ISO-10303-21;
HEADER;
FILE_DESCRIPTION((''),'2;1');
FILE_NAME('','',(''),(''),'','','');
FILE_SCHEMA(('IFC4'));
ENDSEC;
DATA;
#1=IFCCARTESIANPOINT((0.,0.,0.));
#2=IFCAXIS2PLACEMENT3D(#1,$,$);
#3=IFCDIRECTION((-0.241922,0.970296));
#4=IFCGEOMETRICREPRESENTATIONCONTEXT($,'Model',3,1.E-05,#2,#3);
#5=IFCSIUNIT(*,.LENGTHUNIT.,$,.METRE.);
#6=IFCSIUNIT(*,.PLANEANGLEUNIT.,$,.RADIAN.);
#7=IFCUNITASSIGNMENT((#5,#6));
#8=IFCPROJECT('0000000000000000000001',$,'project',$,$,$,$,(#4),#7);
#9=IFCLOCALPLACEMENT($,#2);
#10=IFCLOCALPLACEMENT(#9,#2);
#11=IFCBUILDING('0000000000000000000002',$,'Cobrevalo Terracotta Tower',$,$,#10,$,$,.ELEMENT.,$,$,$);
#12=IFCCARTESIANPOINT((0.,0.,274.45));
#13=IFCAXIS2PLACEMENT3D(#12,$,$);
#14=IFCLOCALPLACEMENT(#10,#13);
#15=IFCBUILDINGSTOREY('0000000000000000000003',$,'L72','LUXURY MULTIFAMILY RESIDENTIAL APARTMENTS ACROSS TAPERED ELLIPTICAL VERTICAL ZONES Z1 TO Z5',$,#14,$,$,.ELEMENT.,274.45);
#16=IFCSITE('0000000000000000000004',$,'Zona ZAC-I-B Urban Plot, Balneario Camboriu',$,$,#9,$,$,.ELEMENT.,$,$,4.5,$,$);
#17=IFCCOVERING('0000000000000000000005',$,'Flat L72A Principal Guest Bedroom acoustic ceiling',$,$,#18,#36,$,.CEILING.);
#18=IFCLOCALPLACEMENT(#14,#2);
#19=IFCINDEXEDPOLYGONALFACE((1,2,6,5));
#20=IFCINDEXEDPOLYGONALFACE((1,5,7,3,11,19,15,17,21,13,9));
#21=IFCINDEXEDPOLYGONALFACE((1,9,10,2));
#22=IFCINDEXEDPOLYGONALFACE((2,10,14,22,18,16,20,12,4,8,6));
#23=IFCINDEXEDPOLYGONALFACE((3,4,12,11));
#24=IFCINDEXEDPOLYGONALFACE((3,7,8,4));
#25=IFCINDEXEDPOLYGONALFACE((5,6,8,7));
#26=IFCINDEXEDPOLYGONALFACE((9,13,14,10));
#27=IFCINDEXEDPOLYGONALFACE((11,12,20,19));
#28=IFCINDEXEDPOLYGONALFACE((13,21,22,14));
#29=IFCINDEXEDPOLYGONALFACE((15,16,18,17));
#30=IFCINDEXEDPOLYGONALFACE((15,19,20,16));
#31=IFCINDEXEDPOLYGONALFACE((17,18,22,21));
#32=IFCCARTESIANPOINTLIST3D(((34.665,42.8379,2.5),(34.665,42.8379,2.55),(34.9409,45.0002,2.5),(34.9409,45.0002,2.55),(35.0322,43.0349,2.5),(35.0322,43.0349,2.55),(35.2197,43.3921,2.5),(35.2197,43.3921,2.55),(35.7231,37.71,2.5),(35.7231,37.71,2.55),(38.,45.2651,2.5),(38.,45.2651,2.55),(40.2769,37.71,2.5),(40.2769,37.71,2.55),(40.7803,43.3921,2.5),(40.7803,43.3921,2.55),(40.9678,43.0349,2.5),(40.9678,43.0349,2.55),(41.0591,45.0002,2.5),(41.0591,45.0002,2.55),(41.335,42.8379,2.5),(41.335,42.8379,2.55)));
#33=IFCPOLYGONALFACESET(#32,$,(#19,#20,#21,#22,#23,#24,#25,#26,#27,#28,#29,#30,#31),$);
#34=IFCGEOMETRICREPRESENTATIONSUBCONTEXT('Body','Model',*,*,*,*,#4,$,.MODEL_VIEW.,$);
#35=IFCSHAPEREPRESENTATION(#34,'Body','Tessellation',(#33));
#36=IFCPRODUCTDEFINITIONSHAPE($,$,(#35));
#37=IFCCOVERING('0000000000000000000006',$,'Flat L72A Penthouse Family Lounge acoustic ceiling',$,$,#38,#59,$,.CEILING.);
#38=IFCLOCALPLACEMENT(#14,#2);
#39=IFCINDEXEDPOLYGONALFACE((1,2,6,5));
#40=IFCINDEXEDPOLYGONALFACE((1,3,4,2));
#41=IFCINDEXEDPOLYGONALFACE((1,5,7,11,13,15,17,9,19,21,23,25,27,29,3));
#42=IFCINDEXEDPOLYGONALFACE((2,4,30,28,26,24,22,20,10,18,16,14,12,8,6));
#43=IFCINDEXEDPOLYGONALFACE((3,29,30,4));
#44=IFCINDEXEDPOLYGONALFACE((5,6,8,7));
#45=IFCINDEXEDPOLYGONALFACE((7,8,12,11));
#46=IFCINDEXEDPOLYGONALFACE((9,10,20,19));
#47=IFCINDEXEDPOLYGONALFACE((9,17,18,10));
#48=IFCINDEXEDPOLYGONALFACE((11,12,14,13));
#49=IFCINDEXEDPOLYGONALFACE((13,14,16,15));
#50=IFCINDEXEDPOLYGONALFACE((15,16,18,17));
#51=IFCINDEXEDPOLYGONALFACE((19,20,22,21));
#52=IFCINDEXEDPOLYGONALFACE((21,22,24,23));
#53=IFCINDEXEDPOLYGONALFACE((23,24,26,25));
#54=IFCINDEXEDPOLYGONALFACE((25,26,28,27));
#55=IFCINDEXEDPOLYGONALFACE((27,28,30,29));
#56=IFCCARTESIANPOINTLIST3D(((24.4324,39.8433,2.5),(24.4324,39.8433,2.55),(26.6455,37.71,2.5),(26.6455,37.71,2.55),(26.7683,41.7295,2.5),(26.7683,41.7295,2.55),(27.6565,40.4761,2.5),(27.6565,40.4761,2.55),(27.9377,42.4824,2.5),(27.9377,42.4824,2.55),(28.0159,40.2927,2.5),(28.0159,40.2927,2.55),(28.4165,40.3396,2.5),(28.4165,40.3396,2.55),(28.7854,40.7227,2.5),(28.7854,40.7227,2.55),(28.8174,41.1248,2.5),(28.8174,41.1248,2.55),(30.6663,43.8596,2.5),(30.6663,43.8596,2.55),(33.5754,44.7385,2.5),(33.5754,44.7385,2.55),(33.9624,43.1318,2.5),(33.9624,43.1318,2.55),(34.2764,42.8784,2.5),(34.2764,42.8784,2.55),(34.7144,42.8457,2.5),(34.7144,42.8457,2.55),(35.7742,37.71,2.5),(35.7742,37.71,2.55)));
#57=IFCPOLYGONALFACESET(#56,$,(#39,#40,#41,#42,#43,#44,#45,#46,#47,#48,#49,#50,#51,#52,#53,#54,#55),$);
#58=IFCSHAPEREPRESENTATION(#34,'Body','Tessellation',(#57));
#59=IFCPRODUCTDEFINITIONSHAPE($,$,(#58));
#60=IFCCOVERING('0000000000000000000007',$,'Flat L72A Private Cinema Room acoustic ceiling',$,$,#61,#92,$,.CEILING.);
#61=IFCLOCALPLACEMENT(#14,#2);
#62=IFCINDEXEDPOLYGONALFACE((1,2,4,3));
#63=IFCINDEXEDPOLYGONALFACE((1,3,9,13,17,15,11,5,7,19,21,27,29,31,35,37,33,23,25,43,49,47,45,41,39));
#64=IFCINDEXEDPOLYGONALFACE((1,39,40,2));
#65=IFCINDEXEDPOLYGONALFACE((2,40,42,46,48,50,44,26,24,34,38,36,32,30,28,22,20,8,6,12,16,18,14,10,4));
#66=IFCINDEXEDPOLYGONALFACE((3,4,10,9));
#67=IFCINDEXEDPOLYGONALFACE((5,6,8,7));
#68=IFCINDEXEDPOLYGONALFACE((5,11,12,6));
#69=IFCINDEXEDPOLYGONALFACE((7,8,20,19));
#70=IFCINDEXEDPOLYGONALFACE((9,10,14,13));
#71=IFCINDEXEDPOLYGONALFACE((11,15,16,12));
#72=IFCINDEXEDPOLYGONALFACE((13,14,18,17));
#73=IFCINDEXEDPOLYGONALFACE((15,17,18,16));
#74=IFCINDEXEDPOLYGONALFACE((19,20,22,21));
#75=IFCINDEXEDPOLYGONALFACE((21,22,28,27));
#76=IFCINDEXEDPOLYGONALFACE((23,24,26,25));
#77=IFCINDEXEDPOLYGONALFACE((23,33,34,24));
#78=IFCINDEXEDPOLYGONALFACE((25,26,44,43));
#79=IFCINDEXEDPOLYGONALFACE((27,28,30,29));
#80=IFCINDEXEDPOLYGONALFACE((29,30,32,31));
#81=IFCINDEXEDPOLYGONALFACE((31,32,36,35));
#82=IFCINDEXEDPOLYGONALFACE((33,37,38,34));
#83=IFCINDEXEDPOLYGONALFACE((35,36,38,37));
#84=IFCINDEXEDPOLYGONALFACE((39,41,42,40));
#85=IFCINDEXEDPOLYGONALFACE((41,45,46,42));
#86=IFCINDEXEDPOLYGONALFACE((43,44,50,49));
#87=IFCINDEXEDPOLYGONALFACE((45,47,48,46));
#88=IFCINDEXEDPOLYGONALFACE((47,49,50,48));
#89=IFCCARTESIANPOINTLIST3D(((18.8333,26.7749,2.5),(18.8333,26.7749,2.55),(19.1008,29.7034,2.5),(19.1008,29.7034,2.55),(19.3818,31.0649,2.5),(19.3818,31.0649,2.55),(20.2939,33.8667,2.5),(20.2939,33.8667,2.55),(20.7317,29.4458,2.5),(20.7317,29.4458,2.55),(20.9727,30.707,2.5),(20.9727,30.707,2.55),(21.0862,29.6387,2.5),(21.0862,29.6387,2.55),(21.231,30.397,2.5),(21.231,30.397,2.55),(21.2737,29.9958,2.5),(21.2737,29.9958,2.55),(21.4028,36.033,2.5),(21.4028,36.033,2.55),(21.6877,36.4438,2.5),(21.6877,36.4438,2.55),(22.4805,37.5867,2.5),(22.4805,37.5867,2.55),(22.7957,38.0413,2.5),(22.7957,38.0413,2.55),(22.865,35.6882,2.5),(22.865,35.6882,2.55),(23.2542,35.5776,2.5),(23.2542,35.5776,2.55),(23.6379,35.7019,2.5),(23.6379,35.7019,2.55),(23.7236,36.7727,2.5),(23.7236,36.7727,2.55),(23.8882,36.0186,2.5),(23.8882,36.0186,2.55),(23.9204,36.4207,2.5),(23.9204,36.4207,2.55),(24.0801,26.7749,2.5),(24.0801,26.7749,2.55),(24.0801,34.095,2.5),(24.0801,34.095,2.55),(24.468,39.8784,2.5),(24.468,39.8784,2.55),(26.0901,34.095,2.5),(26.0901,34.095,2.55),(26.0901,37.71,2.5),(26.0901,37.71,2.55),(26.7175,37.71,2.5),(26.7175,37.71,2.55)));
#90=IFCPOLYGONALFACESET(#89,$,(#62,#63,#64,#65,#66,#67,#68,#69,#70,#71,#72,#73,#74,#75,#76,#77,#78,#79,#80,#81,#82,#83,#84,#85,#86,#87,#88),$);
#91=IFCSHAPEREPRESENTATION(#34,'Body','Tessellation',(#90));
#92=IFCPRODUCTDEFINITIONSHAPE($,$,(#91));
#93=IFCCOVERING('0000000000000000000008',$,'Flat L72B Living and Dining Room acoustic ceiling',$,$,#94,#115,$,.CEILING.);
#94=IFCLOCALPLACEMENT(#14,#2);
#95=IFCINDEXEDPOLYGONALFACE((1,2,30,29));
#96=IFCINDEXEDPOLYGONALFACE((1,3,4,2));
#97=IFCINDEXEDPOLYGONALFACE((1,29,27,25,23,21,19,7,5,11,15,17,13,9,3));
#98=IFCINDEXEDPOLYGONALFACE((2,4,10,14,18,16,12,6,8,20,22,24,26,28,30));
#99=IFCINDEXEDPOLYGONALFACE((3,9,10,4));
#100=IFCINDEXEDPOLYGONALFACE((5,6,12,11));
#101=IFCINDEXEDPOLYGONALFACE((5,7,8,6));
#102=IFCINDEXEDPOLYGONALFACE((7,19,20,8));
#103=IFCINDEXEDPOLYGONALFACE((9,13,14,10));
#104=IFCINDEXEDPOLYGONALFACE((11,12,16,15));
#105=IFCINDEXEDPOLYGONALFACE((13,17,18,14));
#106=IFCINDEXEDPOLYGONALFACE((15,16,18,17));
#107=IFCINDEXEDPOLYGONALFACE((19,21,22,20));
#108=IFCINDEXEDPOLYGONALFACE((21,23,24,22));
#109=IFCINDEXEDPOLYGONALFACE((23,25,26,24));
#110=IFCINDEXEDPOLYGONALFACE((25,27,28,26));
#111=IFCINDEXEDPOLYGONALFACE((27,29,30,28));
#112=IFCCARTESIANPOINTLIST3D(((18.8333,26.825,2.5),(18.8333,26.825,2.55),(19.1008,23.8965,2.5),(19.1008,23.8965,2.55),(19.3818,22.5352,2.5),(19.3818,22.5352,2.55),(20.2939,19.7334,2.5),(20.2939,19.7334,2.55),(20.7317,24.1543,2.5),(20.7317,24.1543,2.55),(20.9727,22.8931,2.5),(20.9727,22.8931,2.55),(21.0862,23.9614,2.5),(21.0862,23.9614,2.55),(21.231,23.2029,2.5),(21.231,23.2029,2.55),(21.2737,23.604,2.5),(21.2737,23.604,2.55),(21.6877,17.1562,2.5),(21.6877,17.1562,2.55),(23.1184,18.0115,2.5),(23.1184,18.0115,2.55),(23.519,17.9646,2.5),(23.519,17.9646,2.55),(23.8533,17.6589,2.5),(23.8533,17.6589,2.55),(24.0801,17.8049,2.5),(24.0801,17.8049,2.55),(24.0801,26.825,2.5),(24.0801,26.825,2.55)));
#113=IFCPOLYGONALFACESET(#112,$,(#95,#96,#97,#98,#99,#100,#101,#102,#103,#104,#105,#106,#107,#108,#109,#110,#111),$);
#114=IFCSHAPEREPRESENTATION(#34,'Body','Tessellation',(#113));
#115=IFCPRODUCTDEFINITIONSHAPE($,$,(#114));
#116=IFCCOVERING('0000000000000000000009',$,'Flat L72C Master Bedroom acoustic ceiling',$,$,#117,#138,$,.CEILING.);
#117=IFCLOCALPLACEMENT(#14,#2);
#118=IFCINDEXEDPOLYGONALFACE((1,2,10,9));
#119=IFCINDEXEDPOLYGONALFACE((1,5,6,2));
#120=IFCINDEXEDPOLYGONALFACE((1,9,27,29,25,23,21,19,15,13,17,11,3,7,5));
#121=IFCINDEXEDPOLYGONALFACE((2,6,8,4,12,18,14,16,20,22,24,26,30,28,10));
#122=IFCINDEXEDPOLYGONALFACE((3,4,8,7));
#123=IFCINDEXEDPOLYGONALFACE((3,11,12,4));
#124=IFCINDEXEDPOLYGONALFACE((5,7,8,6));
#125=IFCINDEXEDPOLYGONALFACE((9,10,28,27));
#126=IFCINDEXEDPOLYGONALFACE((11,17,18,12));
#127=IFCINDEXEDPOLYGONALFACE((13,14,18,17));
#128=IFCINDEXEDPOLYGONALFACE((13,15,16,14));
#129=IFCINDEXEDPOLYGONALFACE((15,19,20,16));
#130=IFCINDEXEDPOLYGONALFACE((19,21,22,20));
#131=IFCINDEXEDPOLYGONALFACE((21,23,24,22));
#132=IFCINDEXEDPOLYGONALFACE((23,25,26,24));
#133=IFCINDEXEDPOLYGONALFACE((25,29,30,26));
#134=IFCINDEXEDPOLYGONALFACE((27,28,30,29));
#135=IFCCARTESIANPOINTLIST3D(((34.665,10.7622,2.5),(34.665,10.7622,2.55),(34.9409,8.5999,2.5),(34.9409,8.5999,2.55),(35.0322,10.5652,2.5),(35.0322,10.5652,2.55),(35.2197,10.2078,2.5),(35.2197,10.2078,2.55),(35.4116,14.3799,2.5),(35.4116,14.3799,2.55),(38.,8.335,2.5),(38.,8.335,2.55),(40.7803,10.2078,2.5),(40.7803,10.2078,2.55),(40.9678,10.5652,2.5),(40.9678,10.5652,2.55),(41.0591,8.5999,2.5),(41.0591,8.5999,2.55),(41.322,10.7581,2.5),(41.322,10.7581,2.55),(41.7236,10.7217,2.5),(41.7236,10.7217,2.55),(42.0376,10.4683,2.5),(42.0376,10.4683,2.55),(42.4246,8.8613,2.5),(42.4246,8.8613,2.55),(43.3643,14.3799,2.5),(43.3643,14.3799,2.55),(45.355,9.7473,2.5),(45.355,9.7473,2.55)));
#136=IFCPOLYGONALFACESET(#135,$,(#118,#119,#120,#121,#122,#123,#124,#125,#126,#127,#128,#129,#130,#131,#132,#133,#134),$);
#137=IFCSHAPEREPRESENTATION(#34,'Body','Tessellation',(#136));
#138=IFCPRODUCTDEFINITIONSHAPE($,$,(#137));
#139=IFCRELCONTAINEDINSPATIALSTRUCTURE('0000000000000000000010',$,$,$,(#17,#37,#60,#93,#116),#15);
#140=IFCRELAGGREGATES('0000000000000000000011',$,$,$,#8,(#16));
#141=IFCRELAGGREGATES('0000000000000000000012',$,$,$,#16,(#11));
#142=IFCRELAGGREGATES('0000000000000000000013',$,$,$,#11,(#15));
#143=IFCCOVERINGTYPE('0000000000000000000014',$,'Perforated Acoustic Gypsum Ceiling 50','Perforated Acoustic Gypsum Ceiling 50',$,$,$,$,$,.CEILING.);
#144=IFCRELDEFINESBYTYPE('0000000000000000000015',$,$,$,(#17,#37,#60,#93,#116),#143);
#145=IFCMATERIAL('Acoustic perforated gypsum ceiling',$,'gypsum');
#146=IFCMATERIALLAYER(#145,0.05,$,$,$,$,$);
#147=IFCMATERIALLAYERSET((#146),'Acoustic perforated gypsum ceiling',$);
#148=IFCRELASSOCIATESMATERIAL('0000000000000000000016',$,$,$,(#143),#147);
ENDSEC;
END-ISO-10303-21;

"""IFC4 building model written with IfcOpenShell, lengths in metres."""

from ifc_helpers import new_model, si_unit, direction, frame, origin, place, context, subcontext, project, spatial, polyline, outline, extrude, material, layer, layer_set, type_object, element, save


model = new_model("IFC4")

# Units and contexts
model_context = context("Model", 3, precision=1e-05, world=origin(), true_north=direction((-0.241922, 0.970296)))
body_context = subcontext(model_context, "Body", "Model", "MODEL_VIEW")
ifc_project = project(units=[si_unit("LENGTHUNIT", "METRE"), si_unit("PLANEANGLEUNIT", "RADIAN")], contexts=[model_context])

# Site, building, storey
site_placement = place(None, origin())
site = spatial("IfcSite", under=ifc_project, at=site_placement, Name="Zona ZAC-I-B Urban Plot, Balneario Camboriu", CompositionType="ELEMENT", RefElevation=4.5)
building_placement = place(site_placement, origin())
building = spatial("IfcBuilding", under=site, at=building_placement, Name="Cobrevalo Terracotta Tower", CompositionType="ELEMENT")
storey_placement = place(building_placement, frame((0.0, 0.0, 274.45)))
storey = spatial("IfcBuildingStorey", under=building, at=storey_placement, Name="L72", Description="LUXURY MULTIFAMILY RESIDENTIAL APARTMENTS ACROSS TAPERED ELLIPTICAL VERTICAL ZONES Z1 TO Z5", CompositionType="ELEMENT", Elevation=274.45)

# Coverings
ifc_material_1 = material(Name="Acoustic perforated gypsum ceiling", Category="gypsum")
ifc_layer_1 = layer(ifc_material_1, 0.05)
ifc_layer_set_1 = layer_set([ifc_layer_1], Name="Acoustic perforated gypsum ceiling")
covering_type_1 = type_object("IfcCoveringType", Name="Perforated Acoustic Gypsum Ceiling 50", Description="Perforated Acoustic Gypsum Ceiling 50", PredefinedType="CEILING", material=ifc_layer_set_1)
covering_1_placement = place(storey_placement, frame((0.0, 0.0, 2.5)))
element("IfcCovering", 1, at=covering_1_placement, inside=storey, type_object=covering_type_1, Name="Flat L72A Principal Guest Bedroom acoustic ceiling", PredefinedType="CEILING", context=body_context, shape_type="SweptSolid", body=[
    extrude(outline(polyline([(34.665, 42.8379), (35.0322, 43.0349), (35.2197, 43.3921), (34.9409, 45.0002), (38.0, 45.2651), (41.0591, 45.0002), (40.7803, 43.3921), (40.9678, 43.0349), (41.335, 42.8379), (40.2769, 37.71), (35.7231, 37.71), (34.665, 42.8379)])), origin(), (0.0, 0.0, 1.0), 0.05),
])
covering_2_placement = place(storey_placement, frame((0.0, 0.0, 2.5)))
element("IfcCovering", 2, at=covering_2_placement, inside=storey, type_object=covering_type_1, Name="Flat L72A Penthouse Family Lounge acoustic ceiling", PredefinedType="CEILING", context=body_context, shape_type="SweptSolid", body=[
    extrude(outline(polyline([(24.4324, 39.8433), (26.7683, 41.7295), (27.6565, 40.4761), (28.0159, 40.2927), (28.4165, 40.3396), (28.7854, 40.7227), (28.8174, 41.1248), (27.9377, 42.4824), (30.6663, 43.8596), (33.5754, 44.7385), (33.9624, 43.1318), (34.2764, 42.8784), (34.7144, 42.8457), (35.7742, 37.71), (26.6455, 37.71), (24.4324, 39.8433)])), origin(), (0.0, 0.0, 1.0), 0.05),
])
covering_3_placement = place(storey_placement, frame((0.0, 0.0, 2.5)))
element("IfcCovering", 3, at=covering_3_placement, inside=storey, type_object=covering_type_1, Name="Flat L72A Private Cinema Room acoustic ceiling", PredefinedType="CEILING", context=body_context, shape_type="SweptSolid", body=[
    extrude(outline(polyline([(26.7175, 37.71), (26.0901, 37.71), (26.0901, 34.095), (24.0801, 34.095), (24.0801, 26.7749), (18.8333, 26.7749), (19.1008, 29.7034), (20.7317, 29.4458), (21.0862, 29.6387), (21.2737, 29.9958), (21.231, 30.397), (20.9727, 30.707), (19.3818, 31.0649), (20.2939, 33.8667), (21.4028, 36.033), (21.6877, 36.4438), (22.865, 35.6882), (23.2542, 35.5776), (23.6379, 35.7019), (23.8882, 36.0186), (23.9204, 36.4207), (23.7236, 36.7727), (22.4805, 37.5867), (22.7957, 38.0413), (24.468, 39.8784), (26.7175, 37.71)])), origin(), (0.0, 0.0, 1.0), 0.05),
])
covering_4_placement = place(storey_placement, frame((0.0, 0.0, 2.5)))
element("IfcCovering", 4, at=covering_4_placement, inside=storey, type_object=covering_type_1, Name="Flat L72B Living and Dining Room acoustic ceiling", PredefinedType="CEILING", context=body_context, shape_type="SweptSolid", body=[
    extrude(outline(polyline([(20.2939, 19.7334), (19.3818, 22.5352), (20.9727, 22.8931), (21.231, 23.2029), (21.2737, 23.604), (21.0862, 23.9614), (20.7317, 24.1543), (19.1008, 23.8965), (18.8333, 26.825), (24.0801, 26.825), (24.0801, 17.8049), (23.8533, 17.6589), (23.519, 17.9646), (23.1184, 18.0115), (21.6877, 17.1562), (20.2939, 19.7334)])), origin(), (0.0, 0.0, 1.0), 0.05),
])
covering_5_placement = place(storey_placement, frame((0.0, 0.0, 2.5)))
element("IfcCovering", 5, at=covering_5_placement, inside=storey, type_object=covering_type_1, Name="Flat L72C Master Bedroom acoustic ceiling", PredefinedType="CEILING", context=body_context, shape_type="SweptSolid", body=[
    extrude(outline(polyline([(38.0, 8.335), (34.9409, 8.5999), (35.2197, 10.2078), (35.0322, 10.5652), (34.665, 10.7622), (35.4116, 14.3799), (43.3643, 14.3799), (45.355, 9.7473), (42.4246, 8.8613), (42.0376, 10.4683), (41.7236, 10.7217), (41.322, 10.7581), (40.9678, 10.5652), (40.7803, 10.2078), (41.0591, 8.5999), (38.0, 8.335)])), origin(), (0.0, 0.0, 1.0), 0.05),
])

save(model, "model.ifc")
